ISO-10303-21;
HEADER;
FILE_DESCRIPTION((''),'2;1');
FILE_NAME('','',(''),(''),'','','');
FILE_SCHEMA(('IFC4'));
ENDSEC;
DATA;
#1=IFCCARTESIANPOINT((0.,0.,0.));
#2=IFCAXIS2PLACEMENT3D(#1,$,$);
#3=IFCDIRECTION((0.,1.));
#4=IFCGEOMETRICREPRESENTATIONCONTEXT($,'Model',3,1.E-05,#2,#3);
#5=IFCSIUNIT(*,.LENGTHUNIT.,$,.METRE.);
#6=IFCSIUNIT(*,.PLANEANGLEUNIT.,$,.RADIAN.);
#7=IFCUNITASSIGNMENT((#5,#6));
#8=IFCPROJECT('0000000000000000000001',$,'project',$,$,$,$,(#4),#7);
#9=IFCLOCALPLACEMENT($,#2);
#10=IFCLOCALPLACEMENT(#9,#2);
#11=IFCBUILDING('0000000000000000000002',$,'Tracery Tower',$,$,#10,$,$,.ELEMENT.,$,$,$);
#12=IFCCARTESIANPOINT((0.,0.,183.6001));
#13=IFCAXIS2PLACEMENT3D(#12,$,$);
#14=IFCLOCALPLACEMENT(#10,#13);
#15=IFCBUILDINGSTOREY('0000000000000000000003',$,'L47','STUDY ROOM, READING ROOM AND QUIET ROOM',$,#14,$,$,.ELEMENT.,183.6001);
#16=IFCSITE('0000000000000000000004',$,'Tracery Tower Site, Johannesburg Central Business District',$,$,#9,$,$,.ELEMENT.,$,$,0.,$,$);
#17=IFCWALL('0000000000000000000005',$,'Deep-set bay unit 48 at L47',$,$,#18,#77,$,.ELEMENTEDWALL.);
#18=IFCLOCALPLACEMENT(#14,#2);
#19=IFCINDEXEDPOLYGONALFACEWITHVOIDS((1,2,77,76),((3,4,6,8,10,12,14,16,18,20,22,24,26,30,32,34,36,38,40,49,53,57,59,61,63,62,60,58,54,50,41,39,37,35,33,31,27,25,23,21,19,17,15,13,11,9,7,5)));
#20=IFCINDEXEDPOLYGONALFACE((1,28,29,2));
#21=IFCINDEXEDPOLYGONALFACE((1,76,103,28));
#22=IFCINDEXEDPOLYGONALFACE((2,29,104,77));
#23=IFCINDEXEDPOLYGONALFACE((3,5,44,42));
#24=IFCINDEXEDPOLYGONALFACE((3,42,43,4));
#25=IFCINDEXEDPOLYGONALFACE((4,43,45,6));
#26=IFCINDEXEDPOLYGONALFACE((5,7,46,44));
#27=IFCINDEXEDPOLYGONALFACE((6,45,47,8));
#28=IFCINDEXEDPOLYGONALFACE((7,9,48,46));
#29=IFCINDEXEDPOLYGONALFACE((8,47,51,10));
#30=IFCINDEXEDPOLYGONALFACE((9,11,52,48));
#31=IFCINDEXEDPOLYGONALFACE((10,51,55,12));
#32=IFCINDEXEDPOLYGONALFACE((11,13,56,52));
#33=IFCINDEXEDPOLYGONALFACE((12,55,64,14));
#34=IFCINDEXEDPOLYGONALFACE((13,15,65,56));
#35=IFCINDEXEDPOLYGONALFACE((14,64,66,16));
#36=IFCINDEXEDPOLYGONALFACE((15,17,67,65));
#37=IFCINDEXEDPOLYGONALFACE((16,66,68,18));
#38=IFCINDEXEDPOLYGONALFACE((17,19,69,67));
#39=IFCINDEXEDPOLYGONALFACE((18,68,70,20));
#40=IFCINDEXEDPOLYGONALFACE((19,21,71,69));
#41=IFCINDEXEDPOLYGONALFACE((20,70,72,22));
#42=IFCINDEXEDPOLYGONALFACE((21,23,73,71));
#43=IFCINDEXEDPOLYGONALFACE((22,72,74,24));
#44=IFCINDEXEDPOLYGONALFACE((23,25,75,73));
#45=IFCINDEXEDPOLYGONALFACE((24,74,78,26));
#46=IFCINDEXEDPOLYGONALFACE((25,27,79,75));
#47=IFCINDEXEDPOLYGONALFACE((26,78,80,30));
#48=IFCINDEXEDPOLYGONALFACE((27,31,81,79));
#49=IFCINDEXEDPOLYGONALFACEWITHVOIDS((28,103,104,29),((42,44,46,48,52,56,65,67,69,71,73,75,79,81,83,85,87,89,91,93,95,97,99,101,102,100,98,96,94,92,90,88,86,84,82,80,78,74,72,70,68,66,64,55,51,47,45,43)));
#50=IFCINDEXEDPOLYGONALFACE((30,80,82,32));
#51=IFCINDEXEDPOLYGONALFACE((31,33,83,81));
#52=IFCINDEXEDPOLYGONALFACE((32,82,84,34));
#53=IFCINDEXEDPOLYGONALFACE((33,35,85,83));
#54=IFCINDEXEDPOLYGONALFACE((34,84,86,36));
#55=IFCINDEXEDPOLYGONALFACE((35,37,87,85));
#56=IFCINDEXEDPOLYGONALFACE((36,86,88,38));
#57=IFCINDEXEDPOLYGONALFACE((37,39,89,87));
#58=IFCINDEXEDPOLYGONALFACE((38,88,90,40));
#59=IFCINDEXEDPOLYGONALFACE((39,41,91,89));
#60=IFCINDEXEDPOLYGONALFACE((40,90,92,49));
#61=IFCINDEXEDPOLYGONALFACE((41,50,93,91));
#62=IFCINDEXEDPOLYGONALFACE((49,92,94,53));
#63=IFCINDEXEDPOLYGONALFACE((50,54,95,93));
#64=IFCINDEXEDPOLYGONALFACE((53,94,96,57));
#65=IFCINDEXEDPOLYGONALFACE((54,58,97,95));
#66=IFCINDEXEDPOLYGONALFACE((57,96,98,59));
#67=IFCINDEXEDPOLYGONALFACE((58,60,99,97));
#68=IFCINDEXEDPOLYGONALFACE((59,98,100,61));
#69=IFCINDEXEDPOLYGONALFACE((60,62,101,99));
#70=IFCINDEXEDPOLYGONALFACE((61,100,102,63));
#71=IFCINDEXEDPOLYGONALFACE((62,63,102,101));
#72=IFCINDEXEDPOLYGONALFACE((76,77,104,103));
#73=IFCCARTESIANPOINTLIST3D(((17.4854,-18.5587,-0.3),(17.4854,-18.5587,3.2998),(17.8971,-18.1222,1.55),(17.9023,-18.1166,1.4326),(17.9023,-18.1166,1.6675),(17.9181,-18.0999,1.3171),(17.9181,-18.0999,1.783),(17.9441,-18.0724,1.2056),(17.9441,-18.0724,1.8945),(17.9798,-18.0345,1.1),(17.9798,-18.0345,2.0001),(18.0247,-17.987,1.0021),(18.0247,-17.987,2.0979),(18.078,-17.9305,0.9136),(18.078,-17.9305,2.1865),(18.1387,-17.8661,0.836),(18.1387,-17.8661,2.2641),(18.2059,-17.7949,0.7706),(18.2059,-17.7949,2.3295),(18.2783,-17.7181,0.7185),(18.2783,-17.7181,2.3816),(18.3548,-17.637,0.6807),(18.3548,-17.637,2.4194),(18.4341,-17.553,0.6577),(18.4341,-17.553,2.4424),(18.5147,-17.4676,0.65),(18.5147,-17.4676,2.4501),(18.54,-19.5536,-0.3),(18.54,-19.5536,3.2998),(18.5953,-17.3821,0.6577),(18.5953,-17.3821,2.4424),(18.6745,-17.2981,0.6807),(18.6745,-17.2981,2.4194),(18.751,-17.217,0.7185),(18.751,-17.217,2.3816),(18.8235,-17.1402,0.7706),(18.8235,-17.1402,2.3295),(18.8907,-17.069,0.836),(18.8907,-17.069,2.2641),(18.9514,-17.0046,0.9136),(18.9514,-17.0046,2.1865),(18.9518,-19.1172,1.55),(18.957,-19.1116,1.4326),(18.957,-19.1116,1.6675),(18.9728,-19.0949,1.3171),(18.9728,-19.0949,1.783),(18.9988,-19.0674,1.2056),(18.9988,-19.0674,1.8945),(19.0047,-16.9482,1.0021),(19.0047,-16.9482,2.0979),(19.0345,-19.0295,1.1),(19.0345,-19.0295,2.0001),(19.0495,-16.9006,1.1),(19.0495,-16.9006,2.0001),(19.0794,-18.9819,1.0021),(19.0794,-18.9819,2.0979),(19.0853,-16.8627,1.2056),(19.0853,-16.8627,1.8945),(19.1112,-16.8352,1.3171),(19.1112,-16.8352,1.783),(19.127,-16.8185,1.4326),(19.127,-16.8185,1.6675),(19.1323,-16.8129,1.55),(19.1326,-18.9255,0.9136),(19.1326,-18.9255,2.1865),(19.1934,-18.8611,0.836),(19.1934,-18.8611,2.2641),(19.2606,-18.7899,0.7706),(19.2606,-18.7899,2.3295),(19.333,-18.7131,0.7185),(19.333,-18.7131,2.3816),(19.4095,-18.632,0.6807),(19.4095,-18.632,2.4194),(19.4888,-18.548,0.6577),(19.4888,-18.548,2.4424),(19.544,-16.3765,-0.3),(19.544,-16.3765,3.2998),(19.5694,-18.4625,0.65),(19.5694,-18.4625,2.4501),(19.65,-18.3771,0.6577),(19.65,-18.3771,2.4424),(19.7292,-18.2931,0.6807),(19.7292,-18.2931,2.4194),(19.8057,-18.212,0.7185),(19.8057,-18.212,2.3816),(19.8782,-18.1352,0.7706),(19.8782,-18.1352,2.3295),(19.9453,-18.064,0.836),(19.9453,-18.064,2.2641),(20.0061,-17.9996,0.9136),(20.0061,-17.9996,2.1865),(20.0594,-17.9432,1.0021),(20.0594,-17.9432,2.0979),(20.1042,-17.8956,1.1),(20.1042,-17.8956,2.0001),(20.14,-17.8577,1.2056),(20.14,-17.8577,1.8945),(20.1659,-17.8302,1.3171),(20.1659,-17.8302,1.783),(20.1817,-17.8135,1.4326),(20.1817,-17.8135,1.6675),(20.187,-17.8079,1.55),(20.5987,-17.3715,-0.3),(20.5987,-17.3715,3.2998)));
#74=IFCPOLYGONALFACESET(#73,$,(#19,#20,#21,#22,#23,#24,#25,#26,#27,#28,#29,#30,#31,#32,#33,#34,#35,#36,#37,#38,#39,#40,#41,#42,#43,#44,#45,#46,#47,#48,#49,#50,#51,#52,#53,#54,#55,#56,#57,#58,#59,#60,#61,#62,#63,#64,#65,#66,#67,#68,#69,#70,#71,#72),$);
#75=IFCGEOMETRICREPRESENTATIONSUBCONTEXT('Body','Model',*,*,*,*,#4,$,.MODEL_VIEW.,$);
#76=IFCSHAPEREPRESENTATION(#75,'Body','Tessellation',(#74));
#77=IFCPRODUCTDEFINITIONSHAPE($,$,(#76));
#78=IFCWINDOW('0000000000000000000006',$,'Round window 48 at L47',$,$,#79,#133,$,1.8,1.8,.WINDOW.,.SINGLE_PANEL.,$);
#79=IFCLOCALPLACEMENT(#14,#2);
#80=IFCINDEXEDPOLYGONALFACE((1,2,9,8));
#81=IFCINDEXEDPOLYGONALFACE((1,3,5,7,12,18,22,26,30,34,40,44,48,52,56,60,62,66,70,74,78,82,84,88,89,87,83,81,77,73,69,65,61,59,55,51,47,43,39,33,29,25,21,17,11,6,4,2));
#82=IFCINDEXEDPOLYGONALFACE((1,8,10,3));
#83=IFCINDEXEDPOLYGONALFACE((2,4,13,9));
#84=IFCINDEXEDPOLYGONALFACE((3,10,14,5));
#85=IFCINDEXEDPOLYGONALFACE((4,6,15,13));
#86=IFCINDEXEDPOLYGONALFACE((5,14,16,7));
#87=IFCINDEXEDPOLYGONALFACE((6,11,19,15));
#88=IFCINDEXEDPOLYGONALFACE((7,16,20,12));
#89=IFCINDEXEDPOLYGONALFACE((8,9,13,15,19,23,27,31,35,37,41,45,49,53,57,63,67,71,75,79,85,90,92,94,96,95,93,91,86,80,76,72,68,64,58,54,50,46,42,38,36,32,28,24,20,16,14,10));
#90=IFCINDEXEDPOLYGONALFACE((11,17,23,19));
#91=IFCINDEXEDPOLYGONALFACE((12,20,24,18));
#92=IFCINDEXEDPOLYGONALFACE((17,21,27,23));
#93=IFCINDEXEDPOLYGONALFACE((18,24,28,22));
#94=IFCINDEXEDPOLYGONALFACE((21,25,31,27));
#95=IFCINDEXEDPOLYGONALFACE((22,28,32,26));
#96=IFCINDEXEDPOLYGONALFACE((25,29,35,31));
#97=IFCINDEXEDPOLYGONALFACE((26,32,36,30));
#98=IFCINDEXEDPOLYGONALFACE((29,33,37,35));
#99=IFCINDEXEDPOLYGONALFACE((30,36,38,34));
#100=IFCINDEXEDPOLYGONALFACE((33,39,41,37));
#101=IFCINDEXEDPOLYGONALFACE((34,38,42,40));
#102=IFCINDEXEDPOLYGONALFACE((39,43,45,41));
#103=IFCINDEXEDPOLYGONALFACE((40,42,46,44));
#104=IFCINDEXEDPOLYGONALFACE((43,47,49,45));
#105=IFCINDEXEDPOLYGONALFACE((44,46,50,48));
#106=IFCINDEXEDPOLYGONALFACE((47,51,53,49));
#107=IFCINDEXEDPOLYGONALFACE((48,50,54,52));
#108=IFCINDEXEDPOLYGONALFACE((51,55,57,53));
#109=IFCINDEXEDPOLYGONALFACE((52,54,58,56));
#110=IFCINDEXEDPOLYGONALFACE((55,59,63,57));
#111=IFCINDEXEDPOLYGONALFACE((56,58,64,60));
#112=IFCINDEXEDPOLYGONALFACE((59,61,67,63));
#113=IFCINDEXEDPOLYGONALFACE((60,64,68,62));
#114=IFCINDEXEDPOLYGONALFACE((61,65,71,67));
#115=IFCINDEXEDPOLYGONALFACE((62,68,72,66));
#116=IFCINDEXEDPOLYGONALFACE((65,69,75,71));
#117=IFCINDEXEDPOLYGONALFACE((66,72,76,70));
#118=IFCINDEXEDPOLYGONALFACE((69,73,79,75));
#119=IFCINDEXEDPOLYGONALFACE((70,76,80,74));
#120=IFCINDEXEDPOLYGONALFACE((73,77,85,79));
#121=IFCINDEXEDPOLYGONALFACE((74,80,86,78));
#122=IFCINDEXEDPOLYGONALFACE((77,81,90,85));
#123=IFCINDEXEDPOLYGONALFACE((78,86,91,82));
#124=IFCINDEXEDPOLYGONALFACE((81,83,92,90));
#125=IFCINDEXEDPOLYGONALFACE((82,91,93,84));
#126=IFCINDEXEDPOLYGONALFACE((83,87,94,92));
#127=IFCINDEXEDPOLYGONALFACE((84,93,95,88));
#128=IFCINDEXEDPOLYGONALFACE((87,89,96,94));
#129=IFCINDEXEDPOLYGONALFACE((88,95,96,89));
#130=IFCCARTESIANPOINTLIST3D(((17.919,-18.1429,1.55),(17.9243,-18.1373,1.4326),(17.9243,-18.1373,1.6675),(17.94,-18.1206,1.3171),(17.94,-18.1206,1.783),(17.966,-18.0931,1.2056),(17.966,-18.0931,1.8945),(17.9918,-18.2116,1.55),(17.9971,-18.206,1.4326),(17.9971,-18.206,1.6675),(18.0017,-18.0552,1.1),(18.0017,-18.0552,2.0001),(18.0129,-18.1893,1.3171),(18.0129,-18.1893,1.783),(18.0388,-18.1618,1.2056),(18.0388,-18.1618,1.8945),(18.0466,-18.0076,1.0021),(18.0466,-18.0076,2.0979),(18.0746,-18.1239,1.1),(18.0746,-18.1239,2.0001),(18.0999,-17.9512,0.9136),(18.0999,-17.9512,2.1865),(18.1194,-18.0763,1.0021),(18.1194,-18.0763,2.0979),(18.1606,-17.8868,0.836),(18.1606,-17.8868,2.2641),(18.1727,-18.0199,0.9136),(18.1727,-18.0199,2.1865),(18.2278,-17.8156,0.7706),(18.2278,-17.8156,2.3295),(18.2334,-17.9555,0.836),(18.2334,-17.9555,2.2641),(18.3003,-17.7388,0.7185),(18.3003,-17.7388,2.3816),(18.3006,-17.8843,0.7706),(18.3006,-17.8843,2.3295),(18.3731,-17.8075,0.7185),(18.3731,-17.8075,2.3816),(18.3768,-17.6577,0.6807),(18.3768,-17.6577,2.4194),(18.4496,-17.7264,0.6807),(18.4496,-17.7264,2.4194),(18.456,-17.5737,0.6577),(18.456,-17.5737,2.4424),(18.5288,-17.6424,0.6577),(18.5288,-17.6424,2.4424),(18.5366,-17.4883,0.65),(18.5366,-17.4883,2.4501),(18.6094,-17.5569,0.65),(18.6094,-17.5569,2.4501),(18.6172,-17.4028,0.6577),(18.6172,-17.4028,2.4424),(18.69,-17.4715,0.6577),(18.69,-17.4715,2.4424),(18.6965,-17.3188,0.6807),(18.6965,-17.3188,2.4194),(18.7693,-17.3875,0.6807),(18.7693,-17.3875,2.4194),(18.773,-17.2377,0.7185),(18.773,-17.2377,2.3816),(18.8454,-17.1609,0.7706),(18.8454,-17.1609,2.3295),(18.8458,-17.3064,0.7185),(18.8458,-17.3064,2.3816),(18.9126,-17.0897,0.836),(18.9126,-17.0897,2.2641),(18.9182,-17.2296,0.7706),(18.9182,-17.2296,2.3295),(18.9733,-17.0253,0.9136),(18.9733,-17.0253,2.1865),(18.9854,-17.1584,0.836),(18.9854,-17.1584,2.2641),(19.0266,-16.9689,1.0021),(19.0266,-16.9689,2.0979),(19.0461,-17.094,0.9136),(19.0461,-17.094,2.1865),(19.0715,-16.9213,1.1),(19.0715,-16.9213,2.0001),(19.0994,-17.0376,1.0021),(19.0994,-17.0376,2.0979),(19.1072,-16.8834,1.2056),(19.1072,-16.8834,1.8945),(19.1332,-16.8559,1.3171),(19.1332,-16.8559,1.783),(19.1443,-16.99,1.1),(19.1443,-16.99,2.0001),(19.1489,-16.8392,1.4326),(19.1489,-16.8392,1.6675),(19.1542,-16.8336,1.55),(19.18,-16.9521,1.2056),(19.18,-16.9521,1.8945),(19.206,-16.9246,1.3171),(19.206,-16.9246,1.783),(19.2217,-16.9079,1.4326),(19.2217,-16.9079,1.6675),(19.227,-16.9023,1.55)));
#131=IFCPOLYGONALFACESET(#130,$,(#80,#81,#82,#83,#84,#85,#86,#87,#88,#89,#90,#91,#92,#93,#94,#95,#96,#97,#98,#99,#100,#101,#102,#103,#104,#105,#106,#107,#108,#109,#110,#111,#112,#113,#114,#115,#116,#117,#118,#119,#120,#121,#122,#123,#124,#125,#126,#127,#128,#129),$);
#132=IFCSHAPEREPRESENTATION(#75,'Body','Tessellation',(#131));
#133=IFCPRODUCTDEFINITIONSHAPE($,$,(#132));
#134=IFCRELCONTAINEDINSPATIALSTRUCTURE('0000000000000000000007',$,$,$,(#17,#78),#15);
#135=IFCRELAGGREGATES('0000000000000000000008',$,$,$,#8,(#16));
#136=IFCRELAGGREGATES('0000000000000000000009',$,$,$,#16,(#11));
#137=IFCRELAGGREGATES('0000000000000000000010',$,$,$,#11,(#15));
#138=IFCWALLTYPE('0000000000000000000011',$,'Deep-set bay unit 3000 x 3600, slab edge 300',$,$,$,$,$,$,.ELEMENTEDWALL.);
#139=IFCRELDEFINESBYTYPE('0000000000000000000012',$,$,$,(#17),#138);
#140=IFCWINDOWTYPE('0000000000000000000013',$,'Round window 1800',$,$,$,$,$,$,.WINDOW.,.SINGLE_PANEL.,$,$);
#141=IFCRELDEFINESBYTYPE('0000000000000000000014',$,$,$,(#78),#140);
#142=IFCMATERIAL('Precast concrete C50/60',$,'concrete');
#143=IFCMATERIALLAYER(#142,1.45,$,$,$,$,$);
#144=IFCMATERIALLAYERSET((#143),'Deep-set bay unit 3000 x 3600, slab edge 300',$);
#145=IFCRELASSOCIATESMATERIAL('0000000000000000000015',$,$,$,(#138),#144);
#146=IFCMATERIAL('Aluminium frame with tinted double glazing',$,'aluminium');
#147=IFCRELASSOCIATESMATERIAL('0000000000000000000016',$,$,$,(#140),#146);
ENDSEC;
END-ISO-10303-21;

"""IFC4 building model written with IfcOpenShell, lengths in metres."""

from ifc_helpers import new_model, si_unit, direction, frame, frame_2d, origin, origin_2d, place, context, subcontext, project, spatial, rectangle, circle, extrude, material, layer, layer_set, type_object, element, fill, save


model = new_model("IFC4")

# Units and contexts
model_context = context("Model", 3, precision=1e-05, world=origin(), true_north=direction((0.0, 1.0)))
body_context = subcontext(model_context, "Body", "Model", "MODEL_VIEW")
ifc_project = project(units=[si_unit("LENGTHUNIT", "METRE"), si_unit("PLANEANGLEUNIT", "RADIAN")], contexts=[model_context])

# Site, building, storey
site_placement = place(None, origin())
site = spatial("IfcSite", under=ifc_project, at=site_placement, Name="Tracery Tower Site, Johannesburg Central Business District", CompositionType="ELEMENT", RefElevation=0.0)
building_placement = place(site_placement, origin())
building = spatial("IfcBuilding", under=site, at=building_placement, Name="Tracery Tower", CompositionType="ELEMENT")
storey_placement = place(building_placement, frame((0.0, 0.0, 183.6001)))
storey = spatial("IfcBuildingStorey", under=building, at=storey_placement, Name="L47", Description="STUDY ROOM, READING ROOM AND QUIET ROOM", CompositionType="ELEMENT", Elevation=183.6001)

# Wall, opening, window
ifc_material_1 = material(Name="Precast concrete C50/60", Category="concrete")
ifc_layer_1 = layer(ifc_material_1, 1.45)
ifc_layer_set_1 = layer_set([ifc_layer_1], Name="Deep-set bay unit 3000 x 3600, slab edge 300")
wall_type_1 = type_object("IfcWallType", Name="Deep-set bay unit 3000 x 3600, slab edge 300", PredefinedType="ELEMENTEDWALL", material=ifc_layer_set_1)
ifc_material_2 = material(Name="Aluminium frame with tinted double glazing", Category="aluminium")
window_type = type_object("IfcWindowType", Name="Round window 1800", PartitioningType="SINGLE_PANEL", PredefinedType="WINDOW", material=ifc_material_2)
wall_1_placement = place(storey_placement, frame((18.0127, -19.0562, -0.3), z_axis=(0.0, 0.0, 1.0), x_axis=(0.686217, 0.727397, 0.0)))
wall_1 = element("IfcWall", 1, at=wall_1_placement, inside=storey, type_object=wall_type_1, Name="Deep-set bay unit 48 at L47", PredefinedType="ELEMENTEDWALL", context=body_context, shape_type="SweptSolid", body=[
    extrude(rectangle(XDim=3.0, YDim=1.45, at=frame_2d((1.5, 0.0))), origin(), (0.0, 0.0, 1.0), 3.5999),
])
opening_1_placement = place(wall_1_placement, frame((1.5, 0.0, 1.8501)))
opening_1 = element("IfcOpeningElement", 2, at=opening_1_placement, cuts=wall_1, PredefinedType="OPENING", context=body_context, shape_type="SweptSolid", body=[
    extrude(circle(Radius=0.9, at=origin_2d()), frame((0.0, 0.7349, 0.0), z_axis=(0.0, -1.0, 0.0), x_axis=(1.0, 0.0, 0.0)), (0.0, 0.0, 1.0), 1.47),
])
window_1_placement = place(opening_1_placement, origin())
window_1 = element("IfcWindow", 3, at=window_1_placement, inside=storey, type_object=window_type, Name="Round window 48 at L47", OverallHeight=1.8, OverallWidth=1.8, PartitioningType="SINGLE_PANEL", PredefinedType="WINDOW", context=body_context, shape_type="SweptSolid", body=[
    extrude(circle(Radius=0.9, at=origin_2d()), frame((0.0, 0.6948, 0.0), z_axis=(0.0, -1.0, 0.0), x_axis=(1.0, 0.0, 0.0)), (0.0, 0.0, 1.0), 0.1001),
])
fill(opening_1, window_1)

save(model, "model.ifc")
